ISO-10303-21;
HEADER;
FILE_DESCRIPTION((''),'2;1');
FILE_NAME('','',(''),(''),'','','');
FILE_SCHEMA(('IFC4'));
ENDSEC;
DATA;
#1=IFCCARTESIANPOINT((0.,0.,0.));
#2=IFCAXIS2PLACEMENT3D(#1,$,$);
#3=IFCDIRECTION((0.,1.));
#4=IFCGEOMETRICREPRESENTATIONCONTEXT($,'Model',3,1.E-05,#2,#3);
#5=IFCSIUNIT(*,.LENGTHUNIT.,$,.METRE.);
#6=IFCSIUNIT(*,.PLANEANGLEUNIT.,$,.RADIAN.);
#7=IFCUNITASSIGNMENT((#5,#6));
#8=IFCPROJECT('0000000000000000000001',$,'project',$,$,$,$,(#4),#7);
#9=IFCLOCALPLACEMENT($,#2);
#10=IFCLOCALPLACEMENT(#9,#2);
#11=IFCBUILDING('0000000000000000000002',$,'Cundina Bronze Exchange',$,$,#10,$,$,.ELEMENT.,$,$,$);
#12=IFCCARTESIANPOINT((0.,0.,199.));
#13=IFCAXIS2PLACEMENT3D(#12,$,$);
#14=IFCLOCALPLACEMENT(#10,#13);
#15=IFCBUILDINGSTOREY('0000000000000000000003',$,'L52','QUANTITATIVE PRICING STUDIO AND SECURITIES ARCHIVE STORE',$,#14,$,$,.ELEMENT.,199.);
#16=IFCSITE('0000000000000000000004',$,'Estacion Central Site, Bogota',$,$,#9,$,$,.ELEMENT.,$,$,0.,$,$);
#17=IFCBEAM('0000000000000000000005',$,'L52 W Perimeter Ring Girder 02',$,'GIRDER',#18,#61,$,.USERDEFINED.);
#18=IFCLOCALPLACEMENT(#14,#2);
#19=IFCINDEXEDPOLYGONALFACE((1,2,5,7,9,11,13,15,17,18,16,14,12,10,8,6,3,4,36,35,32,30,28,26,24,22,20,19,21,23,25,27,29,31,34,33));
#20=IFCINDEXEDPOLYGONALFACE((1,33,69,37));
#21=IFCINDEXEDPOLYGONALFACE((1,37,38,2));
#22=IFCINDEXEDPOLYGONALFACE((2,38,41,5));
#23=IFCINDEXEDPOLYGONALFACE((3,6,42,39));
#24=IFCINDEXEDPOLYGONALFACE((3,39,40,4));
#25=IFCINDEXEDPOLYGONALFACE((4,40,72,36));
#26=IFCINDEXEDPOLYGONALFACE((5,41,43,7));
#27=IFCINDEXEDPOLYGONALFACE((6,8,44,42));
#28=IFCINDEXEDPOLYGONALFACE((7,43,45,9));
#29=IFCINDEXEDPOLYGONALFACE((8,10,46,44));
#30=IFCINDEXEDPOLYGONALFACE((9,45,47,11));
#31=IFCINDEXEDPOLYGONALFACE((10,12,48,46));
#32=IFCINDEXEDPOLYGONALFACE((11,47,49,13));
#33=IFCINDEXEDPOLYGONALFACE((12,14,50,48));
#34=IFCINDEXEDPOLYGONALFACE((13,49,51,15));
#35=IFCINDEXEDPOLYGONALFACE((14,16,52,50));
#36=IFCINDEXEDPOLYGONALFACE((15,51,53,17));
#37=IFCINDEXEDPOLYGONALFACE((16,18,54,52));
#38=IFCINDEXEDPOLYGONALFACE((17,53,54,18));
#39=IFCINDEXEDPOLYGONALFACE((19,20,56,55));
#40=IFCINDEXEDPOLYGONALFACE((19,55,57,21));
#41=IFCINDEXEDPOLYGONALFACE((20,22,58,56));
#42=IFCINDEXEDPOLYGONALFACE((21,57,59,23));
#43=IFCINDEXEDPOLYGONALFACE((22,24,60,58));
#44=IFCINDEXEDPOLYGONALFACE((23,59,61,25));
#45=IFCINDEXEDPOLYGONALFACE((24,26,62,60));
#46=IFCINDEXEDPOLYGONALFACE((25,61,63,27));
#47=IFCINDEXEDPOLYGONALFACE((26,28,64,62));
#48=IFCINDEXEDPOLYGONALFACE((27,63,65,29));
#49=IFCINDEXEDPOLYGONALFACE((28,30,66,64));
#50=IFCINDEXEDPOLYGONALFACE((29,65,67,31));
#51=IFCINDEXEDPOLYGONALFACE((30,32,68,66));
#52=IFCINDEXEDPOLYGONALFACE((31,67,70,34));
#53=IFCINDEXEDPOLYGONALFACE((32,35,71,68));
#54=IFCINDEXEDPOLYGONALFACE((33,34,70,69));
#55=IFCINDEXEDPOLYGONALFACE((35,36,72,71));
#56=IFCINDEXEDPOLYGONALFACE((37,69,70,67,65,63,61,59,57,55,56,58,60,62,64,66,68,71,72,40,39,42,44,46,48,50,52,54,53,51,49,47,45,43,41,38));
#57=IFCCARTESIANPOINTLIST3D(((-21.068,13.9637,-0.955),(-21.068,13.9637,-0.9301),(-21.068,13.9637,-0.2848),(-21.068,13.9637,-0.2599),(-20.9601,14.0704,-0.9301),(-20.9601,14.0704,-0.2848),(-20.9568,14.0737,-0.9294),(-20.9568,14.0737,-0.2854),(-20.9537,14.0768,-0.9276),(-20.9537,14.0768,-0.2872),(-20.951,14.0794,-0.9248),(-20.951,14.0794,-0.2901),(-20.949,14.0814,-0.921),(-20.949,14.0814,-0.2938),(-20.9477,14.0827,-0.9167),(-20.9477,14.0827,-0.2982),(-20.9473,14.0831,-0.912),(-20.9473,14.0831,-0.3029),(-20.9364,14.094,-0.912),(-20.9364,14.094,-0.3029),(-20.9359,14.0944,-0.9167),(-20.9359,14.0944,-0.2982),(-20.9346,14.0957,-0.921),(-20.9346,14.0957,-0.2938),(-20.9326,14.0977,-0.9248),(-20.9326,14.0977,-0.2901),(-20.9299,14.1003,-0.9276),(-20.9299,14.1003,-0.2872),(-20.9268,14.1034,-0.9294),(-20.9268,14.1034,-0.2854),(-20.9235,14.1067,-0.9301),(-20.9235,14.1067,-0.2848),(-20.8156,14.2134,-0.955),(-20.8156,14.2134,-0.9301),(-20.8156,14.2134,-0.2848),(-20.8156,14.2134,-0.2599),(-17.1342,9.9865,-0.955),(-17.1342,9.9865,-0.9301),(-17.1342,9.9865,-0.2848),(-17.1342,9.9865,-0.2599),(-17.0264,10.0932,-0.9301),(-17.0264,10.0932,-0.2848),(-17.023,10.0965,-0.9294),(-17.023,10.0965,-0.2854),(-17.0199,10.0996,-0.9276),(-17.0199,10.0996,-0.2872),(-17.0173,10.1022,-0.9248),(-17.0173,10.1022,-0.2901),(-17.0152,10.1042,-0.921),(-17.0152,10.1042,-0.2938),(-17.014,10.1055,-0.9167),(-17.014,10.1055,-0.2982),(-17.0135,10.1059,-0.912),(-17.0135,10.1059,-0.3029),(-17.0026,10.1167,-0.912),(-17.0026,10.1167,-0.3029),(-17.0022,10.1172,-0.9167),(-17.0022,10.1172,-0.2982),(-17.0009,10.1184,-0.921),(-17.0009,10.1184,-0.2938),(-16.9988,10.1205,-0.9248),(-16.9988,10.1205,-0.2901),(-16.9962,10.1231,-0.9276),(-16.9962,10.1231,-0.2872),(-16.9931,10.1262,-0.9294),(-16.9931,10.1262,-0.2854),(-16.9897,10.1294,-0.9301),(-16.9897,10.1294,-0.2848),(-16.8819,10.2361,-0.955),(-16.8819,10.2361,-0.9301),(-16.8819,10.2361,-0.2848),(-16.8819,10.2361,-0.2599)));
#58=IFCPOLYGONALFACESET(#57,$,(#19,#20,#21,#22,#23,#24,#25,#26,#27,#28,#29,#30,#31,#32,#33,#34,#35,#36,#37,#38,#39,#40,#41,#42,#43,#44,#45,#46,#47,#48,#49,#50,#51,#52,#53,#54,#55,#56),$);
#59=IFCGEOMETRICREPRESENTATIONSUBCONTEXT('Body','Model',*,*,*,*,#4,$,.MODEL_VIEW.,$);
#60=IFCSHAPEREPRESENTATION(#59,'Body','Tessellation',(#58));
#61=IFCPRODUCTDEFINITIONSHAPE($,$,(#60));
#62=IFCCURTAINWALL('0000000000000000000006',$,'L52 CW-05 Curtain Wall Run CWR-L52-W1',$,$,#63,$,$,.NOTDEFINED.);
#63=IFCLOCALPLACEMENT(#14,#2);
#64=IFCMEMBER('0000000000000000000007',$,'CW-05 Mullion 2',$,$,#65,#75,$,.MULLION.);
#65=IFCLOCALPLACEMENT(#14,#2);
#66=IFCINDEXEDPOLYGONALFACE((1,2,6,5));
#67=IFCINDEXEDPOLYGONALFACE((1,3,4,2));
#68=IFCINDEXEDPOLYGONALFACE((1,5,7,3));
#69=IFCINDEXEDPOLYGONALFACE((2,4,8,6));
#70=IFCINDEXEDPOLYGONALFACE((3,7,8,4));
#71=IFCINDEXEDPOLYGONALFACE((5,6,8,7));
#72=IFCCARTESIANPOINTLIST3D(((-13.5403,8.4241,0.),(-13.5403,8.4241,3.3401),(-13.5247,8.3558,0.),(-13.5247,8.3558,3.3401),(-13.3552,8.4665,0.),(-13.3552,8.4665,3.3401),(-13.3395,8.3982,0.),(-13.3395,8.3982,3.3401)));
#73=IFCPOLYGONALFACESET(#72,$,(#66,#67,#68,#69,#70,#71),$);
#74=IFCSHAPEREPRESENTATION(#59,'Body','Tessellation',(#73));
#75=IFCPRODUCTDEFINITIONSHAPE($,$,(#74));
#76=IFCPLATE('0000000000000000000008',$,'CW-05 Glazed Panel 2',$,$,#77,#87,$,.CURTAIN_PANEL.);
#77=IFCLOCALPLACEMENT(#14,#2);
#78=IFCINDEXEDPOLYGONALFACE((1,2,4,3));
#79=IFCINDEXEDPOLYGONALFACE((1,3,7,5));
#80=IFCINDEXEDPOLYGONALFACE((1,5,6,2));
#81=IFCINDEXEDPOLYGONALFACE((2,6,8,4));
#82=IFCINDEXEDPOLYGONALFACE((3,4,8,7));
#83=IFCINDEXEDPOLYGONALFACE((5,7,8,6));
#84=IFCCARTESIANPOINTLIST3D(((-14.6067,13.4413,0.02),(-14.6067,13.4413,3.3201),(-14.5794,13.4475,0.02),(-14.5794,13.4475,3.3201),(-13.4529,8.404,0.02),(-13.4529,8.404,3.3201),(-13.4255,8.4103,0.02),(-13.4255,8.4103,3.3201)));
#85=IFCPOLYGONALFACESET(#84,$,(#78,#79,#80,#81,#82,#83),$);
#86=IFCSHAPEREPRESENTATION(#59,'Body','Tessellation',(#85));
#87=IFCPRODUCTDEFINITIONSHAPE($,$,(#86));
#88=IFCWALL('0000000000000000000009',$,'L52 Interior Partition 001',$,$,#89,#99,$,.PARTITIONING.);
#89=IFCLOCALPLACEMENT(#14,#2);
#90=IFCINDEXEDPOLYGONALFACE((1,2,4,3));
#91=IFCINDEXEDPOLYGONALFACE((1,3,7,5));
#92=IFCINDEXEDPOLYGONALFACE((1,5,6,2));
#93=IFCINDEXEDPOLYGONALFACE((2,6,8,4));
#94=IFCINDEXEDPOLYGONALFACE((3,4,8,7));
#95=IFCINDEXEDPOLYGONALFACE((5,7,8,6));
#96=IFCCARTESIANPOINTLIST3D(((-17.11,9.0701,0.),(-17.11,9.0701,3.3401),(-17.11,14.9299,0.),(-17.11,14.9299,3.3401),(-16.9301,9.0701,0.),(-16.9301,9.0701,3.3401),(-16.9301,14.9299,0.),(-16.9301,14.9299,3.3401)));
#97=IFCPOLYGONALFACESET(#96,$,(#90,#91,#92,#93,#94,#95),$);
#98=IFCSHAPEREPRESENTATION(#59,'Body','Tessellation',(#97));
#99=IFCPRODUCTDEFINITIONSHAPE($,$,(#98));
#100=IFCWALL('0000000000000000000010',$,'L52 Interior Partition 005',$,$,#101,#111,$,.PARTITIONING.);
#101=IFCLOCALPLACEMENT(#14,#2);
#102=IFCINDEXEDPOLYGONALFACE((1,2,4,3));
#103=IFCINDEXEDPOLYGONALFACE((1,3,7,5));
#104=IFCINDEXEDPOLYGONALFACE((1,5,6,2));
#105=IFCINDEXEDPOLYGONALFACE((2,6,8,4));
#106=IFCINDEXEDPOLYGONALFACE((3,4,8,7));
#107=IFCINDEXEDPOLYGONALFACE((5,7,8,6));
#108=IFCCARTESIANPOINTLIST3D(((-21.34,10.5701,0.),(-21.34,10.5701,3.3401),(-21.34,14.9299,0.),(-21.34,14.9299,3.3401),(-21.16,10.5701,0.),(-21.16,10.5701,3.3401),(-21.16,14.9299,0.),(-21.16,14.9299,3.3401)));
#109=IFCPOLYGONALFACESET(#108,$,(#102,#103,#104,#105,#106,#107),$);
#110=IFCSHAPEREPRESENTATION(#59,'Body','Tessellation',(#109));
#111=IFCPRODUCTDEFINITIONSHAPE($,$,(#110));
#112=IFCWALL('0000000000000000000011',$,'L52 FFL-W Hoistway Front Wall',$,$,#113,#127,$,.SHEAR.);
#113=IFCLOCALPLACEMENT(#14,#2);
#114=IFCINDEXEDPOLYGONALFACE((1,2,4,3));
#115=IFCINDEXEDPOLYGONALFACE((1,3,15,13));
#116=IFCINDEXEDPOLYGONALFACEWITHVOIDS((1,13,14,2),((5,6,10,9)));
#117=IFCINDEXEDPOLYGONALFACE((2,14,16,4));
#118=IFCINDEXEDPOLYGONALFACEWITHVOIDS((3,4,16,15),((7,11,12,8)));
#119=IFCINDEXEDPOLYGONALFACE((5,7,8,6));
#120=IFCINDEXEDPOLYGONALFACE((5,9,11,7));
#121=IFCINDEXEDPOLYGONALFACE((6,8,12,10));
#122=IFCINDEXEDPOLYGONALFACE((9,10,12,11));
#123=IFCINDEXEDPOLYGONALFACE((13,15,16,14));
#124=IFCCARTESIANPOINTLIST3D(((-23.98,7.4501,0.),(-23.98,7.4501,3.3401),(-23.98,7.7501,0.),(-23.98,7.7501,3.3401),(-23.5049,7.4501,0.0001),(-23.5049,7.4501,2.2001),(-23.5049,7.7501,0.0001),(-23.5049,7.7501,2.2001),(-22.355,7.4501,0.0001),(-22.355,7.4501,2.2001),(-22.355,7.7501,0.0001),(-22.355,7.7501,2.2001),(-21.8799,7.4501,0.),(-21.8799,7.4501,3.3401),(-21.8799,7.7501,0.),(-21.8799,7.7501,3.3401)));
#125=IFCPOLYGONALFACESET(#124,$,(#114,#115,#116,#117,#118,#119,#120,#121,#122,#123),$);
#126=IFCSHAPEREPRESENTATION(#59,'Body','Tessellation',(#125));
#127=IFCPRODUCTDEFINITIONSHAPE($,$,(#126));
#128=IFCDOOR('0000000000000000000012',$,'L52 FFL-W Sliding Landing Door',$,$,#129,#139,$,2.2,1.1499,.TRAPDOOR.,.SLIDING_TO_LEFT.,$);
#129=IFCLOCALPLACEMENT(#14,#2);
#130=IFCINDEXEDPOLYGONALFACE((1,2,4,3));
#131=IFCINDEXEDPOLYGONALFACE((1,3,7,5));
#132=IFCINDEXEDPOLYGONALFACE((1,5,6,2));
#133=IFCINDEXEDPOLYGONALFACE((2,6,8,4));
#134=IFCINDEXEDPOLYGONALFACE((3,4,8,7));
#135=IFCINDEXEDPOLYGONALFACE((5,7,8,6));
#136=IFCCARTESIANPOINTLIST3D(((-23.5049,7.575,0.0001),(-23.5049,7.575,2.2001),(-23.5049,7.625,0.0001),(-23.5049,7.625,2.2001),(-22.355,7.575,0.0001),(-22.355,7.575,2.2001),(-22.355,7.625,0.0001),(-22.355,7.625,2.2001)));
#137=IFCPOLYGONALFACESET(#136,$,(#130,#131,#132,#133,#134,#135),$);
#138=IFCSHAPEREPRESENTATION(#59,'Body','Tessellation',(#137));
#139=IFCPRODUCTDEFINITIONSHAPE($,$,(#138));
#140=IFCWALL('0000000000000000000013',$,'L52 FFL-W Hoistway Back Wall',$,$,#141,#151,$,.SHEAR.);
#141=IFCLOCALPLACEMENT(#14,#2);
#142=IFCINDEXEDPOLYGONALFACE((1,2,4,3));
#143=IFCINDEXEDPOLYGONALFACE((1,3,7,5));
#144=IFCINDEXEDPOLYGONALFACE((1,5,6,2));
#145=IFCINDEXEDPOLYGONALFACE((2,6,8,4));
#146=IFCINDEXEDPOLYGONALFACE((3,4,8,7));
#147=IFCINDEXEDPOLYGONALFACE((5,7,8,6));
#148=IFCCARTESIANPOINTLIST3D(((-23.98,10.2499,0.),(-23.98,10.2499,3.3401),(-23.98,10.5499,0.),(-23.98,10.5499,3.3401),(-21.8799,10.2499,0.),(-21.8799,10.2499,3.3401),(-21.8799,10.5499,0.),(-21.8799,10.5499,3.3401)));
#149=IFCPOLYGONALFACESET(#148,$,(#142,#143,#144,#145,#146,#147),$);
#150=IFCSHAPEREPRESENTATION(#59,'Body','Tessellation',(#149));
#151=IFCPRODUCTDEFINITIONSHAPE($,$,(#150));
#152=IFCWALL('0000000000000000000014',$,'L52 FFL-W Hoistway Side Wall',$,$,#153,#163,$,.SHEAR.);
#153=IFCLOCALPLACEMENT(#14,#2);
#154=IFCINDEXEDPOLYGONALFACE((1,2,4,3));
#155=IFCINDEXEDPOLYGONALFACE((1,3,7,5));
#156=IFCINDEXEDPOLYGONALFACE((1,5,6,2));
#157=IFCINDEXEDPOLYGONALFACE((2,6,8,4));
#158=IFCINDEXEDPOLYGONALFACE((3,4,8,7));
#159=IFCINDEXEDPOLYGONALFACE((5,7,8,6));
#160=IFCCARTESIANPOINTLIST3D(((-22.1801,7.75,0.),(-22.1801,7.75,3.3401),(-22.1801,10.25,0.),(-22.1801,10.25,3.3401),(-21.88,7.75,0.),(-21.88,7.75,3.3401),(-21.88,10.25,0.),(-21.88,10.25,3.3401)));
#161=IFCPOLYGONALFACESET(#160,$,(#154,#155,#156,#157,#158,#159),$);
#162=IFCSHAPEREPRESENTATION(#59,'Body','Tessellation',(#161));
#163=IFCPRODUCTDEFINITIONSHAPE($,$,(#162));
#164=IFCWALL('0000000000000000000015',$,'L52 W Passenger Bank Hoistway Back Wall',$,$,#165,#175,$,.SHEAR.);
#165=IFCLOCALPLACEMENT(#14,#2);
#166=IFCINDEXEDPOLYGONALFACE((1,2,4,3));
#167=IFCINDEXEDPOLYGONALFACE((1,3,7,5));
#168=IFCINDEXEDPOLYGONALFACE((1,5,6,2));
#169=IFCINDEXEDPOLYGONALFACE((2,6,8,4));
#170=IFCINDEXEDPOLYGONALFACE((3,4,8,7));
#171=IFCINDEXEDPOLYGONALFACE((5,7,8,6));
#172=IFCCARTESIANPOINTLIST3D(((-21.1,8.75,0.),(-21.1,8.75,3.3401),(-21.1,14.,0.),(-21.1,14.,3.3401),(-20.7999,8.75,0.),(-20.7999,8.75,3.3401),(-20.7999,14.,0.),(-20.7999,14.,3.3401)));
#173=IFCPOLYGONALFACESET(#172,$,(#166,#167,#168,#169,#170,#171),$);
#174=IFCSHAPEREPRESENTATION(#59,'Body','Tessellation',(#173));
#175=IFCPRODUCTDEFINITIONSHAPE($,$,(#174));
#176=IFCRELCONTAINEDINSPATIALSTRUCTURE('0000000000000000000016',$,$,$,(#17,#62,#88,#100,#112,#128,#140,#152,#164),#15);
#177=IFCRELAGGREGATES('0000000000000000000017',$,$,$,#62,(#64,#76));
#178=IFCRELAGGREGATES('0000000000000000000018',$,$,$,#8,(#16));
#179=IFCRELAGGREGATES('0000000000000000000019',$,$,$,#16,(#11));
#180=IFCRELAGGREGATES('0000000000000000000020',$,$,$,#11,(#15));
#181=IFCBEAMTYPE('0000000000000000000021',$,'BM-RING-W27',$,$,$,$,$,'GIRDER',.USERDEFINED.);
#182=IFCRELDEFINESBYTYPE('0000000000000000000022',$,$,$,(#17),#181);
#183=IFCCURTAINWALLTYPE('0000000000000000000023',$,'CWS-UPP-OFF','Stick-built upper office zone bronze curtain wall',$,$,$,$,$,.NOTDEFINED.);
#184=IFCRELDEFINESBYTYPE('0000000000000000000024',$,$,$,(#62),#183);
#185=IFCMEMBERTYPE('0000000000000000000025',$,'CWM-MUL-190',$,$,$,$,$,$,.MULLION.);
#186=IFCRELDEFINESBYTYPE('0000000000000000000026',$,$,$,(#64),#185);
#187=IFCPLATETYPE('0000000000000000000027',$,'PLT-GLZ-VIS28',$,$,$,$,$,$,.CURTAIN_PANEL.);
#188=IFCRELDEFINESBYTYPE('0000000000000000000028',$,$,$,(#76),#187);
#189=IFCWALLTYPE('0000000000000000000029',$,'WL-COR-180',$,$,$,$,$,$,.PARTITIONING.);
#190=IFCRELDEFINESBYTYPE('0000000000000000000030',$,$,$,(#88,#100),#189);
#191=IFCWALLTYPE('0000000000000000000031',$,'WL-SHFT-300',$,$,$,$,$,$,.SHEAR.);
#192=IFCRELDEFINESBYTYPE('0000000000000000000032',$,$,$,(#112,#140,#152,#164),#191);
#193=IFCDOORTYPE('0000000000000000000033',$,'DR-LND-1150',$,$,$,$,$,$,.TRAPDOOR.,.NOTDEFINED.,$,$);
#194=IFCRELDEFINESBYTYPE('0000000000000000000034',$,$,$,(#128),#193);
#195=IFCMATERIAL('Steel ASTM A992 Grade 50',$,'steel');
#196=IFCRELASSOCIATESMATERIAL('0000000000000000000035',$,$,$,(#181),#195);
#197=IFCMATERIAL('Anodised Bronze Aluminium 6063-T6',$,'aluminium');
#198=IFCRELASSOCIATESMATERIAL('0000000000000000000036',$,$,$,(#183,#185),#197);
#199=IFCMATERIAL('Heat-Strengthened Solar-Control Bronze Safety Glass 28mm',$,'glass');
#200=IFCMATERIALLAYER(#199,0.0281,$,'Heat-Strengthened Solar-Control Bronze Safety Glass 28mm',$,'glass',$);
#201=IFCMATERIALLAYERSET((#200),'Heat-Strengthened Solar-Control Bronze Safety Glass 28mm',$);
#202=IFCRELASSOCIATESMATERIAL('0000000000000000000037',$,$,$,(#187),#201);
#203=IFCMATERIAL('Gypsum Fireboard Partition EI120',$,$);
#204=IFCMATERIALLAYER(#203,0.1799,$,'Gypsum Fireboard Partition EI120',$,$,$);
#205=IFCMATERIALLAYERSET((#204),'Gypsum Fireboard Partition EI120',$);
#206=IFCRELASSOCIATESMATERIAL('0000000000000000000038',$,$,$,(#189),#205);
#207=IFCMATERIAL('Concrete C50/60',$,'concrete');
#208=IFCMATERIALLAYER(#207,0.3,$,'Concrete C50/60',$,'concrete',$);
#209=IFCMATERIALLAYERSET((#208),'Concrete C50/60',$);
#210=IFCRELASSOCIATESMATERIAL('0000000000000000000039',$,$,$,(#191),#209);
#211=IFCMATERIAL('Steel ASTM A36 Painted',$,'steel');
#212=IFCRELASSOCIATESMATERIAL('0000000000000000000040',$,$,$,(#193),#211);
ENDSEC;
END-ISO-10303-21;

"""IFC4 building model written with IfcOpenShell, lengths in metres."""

from ifc_helpers import new_model, si_unit, direction, frame, frame_2d, origin, origin_2d, place, context, subcontext, project, spatial, rectangle, i_section, extrude, material, layer, layer_set, material_profile, profile_set, type_object, element, fill, aggregate, save


model = new_model("IFC4")

# Units and contexts
model_context = context("Model", 3, precision=1e-05, world=origin(), true_north=direction((0.0, 1.0)))
body_context = subcontext(model_context, "Body", "Model", "MODEL_VIEW")
ifc_project = project(units=[si_unit("LENGTHUNIT", "METRE"), si_unit("PLANEANGLEUNIT", "RADIAN")], contexts=[model_context])

# Site, building, storey
site_placement = place(None, origin())
site = spatial("IfcSite", under=ifc_project, at=site_placement, Name="Estacion Central Site, Bogota", CompositionType="ELEMENT", RefElevation=0.0)
building_placement = place(site_placement, origin())
building = spatial("IfcBuilding", under=site, at=building_placement, Name="Cundina Bronze Exchange", CompositionType="ELEMENT")
storey_placement = place(building_placement, frame((0.0, 0.0, 199.0)))
storey = spatial("IfcBuildingStorey", under=building, at=storey_placement, Name="L52", Description="QUANTITATIVE PRICING STUDIO AND SECURITIES ARCHIVE STORE", CompositionType="ELEMENT", Elevation=199.0)

# Shared definitions
ifc_material_1 = material(Name="Concrete C50/60", Category="concrete")

# Beam
ifc_material_2 = material(Name="Steel ASTM A992 Grade 50", Category="steel")
ifc_material_profile_1 = material_profile(ifc_material_2, i_section(OverallWidth=0.355, OverallDepth=0.6951, WebThickness=0.0154, FlangeThickness=0.0249, FilletRadius=0.0181, at=origin_2d()), Name="W27X146", Category="steel")
ifc_profile_set_1 = profile_set([ifc_material_profile_1], Name="Steel ASTM A992 Grade 50")
beam_type_1 = type_object("IfcBeamType", Name="BM-RING-W27", ElementType="GIRDER", PredefinedType="USERDEFINED", material=ifc_profile_set_1)
beam_1_placement = place(storey_placement, frame((-17.0081, 10.1113, -0.6074), z_axis=(-0.703212, 0.71098, 0.0), x_axis=(-0.71098, -0.703212, 0.0)))
element("IfcBeam", 1, at=beam_1_placement, inside=storey, type_object=beam_type_1, Name="L52 W Perimeter Ring Girder 02", ObjectType="GIRDER", PredefinedType="USERDEFINED", context=body_context, shape_type="SweptSolid", body=[
    extrude(i_section(OverallWidth=0.355, OverallDepth=0.6951, WebThickness=0.0154, FlangeThickness=0.0249, FilletRadius=0.0181, at=origin_2d()), origin(), (0.0, 0.0, 1.0), 5.594),
])

# Curtain wall, member, plate
ifc_material_3 = material(Name="Anodised Bronze Aluminium 6063-T6", Category="aluminium")
curtain_wall_type = type_object("IfcCurtainWallType", Name="CWS-UPP-OFF", Description="Stick-built upper office zone bronze curtain wall", PredefinedType="NOTDEFINED", material=ifc_material_3)
curtain_wall_placement = place(storey_placement, origin())
curtain_wall = element("IfcCurtainWall", 2, at=curtain_wall_placement, inside=storey, type_object=curtain_wall_type, Name="L52 CW-05 Curtain Wall Run CWR-L52-W1", PredefinedType="NOTDEFINED")
ifc_material_profile_2 = material_profile(ifc_material_3, rectangle(XDim=0.0701, YDim=0.1899, at=origin_2d()), Name="AL70X190", Category="aluminium")
ifc_profile_set_2 = profile_set([ifc_material_profile_2], Name="Anodised Bronze Aluminium 6063-T6")
member_type = type_object("IfcMemberType", Name="CWM-MUL-190", PredefinedType="MULLION", material=ifc_profile_set_2)
member_placement = place(storey_placement, frame((-13.4399, 8.4111, 0.0), z_axis=(0.0, 0.0, 1.0), x_axis=(-0.22325, 0.974761, 0.0)))
member = element("IfcMember", 3, at=member_placement, type_object=member_type, Name="CW-05 Mullion 2", PredefinedType="MULLION", context=body_context, shape_type="SweptSolid", body=[
    extrude(rectangle(XDim=0.0701, YDim=0.1899, at=origin_2d()), origin(), (0.0, 0.0, 1.0), 3.3401),
])
ifc_material_4 = material(Name="Heat-Strengthened Solar-Control Bronze Safety Glass 28mm", Category="glass")
ifc_layer_1 = layer(ifc_material_4, 0.0281, Name="Heat-Strengthened Solar-Control Bronze Safety Glass 28mm", Category="glass")
ifc_layer_set_1 = layer_set([ifc_layer_1], Name="Heat-Strengthened Solar-Control Bronze Safety Glass 28mm")
plate_type = type_object("IfcPlateType", Name="PLT-GLZ-VIS28", PredefinedType="CURTAIN_PANEL", material=ifc_layer_set_1)
plate_placement = place(storey_placement, frame((-14.0161, 10.9258, 0.02), z_axis=(0.0, 0.0, 1.0), x_axis=(-0.223284, 0.974753, 0.0)))
plate = element("IfcPlate", 4, at=plate_placement, type_object=plate_type, Name="CW-05 Glazed Panel 2", PredefinedType="CURTAIN_PANEL", context=body_context, shape_type="SweptSolid", body=[
    extrude(rectangle(XDim=5.1677, YDim=0.0281, at=origin_2d()), origin(), (0.0, 0.0, 1.0), 3.3),
])
aggregate(curtain_wall, [member, plate])

# Walls
ifc_material_5 = material(Name="Gypsum Fireboard Partition EI120")
ifc_layer_2 = layer(ifc_material_5, 0.1799, Name="Gypsum Fireboard Partition EI120")
ifc_layer_set_2 = layer_set([ifc_layer_2], Name="Gypsum Fireboard Partition EI120")
wall_type_1 = type_object("IfcWallType", Name="WL-COR-180", PredefinedType="PARTITIONING", material=ifc_layer_set_2)
wall_1_placement = place(storey_placement, frame((-17.02, 9.0701, 0.0), z_axis=(0.0, 0.0, 1.0), x_axis=(0.0, 1.0, 0.0)))
element("IfcWall", 5, at=wall_1_placement, inside=storey, type_object=wall_type_1, Name="L52 Interior Partition 001", PredefinedType="PARTITIONING", context=body_context, shape_type="SweptSolid", body=[
    extrude(rectangle(XDim=5.8599, YDim=0.1799, at=frame_2d((2.9299, 0.0))), origin(), (0.0, 0.0, 1.0), 3.3401),
])
wall_2_placement = place(storey_placement, frame((-21.25, 10.5701, 0.0), z_axis=(0.0, 0.0, 1.0), x_axis=(0.0, 1.0, 0.0)))
element("IfcWall", 6, at=wall_2_placement, inside=storey, type_object=wall_type_1, Name="L52 Interior Partition 005", PredefinedType="PARTITIONING", context=body_context, shape_type="SweptSolid", body=[
    extrude(rectangle(XDim=4.3599, YDim=0.1799, at=frame_2d((2.1799, 0.0))), origin(), (0.0, 0.0, 1.0), 3.3401),
])

# Wall, opening, door
ifc_layer_3 = layer(ifc_material_1, 0.3, Name="Concrete C50/60", Category="concrete")
ifc_layer_set_3 = layer_set([ifc_layer_3], Name="Concrete C50/60")
wall_type_2 = type_object("IfcWallType", Name="WL-SHFT-300", PredefinedType="SHEAR", material=ifc_layer_set_3)
ifc_material_6 = material(Name="Steel ASTM A36 Painted", Category="steel")
wall_3_placement = place(storey_placement, frame((-23.98, 7.6001, 0.0), z_axis=(0.0, 0.0, 1.0), x_axis=(1.0, 0.0, 0.0)))
wall_3 = element("IfcWall", 7, at=wall_3_placement, inside=storey, type_object=wall_type_2, Name="L52 FFL-W Hoistway Front Wall", PredefinedType="SHEAR", context=body_context, shape_type="SweptSolid", body=[
    extrude(rectangle(XDim=2.1001, YDim=0.3, at=frame_2d((1.05, 0.0))), origin(), (0.0, 0.0, 1.0), 3.3401),
])
opening_1_placement = place(wall_3_placement, frame((0.4751, 0.0, 0.0)))
opening_1 = element("IfcOpeningElement", 8, at=opening_1_placement, cuts=wall_3, PredefinedType="OPENING", context=body_context, shape_type="SweptSolid", body=[
    extrude(rectangle(XDim=1.1499, YDim=2.2, at=frame_2d((0.575, 1.1001))), frame((0.0, 0.1599, 0.0), z_axis=(0.0, -1.0, 0.0), x_axis=(1.0, 0.0, 0.0)), (0.0, 0.0, 1.0), 0.3201),
])
door_type_1 = type_object("IfcDoorType", Name="DR-LND-1150", OperationType="NOTDEFINED", PredefinedType="TRAPDOOR", material=ifc_material_6)
door_1_placement = place(opening_1_placement, origin())
door_1 = element("IfcDoor", 9, at=door_1_placement, inside=storey, type_object=door_type_1, Name="L52 FFL-W Sliding Landing Door", OperationType="SLIDING_TO_LEFT", OverallHeight=2.2, OverallWidth=1.1499, PredefinedType="TRAPDOOR", context=body_context, shape_type="SweptSolid", body=[
    extrude(rectangle(XDim=1.1499, YDim=2.2, at=frame_2d((0.575, 1.1001))), frame((0.0, 0.0249, 0.0), z_axis=(0.0, -1.0, 0.0), x_axis=(1.0, 0.0, 0.0)), (0.0, 0.0, 1.0), 0.05),
])
fill(opening_1, door_1)

# Walls
wall_4_placement = place(storey_placement, frame((-23.98, 10.3999, 0.0), z_axis=(0.0, 0.0, 1.0), x_axis=(1.0, 0.0, 0.0)))
element("IfcWall", 10, at=wall_4_placement, inside=storey, type_object=wall_type_2, Name="L52 FFL-W Hoistway Back Wall", PredefinedType="SHEAR", context=body_context, shape_type="SweptSolid", body=[
    extrude(rectangle(XDim=2.1001, YDim=0.3, at=frame_2d((1.05, 0.0))), origin(), (0.0, 0.0, 1.0), 3.3401),
])
wall_5_placement = place(storey_placement, frame((-22.03, 7.75, 0.0), z_axis=(0.0, 0.0, 1.0), x_axis=(0.0, 1.0, 0.0)))
element("IfcWall", 11, at=wall_5_placement, inside=storey, type_object=wall_type_2, Name="L52 FFL-W Hoistway Side Wall", PredefinedType="SHEAR", context=body_context, shape_type="SweptSolid", body=[
    extrude(rectangle(XDim=2.5, YDim=0.3, at=frame_2d((1.25, 0.0))), origin(), (0.0, 0.0, 1.0), 3.3401),
])
wall_6_placement = place(storey_placement, frame((-20.95, 8.75, 0.0), z_axis=(0.0, 0.0, 1.0), x_axis=(0.0, 1.0, 0.0)))
element("IfcWall", 12, at=wall_6_placement, inside=storey, type_object=wall_type_2, Name="L52 W Passenger Bank Hoistway Back Wall", PredefinedType="SHEAR", context=body_context, shape_type="SweptSolid", body=[
    extrude(rectangle(XDim=5.25, YDim=0.3, at=frame_2d((2.625, 0.0))), origin(), (0.0, 0.0, 1.0), 3.3401),
])

save(model, "model.ifc")
